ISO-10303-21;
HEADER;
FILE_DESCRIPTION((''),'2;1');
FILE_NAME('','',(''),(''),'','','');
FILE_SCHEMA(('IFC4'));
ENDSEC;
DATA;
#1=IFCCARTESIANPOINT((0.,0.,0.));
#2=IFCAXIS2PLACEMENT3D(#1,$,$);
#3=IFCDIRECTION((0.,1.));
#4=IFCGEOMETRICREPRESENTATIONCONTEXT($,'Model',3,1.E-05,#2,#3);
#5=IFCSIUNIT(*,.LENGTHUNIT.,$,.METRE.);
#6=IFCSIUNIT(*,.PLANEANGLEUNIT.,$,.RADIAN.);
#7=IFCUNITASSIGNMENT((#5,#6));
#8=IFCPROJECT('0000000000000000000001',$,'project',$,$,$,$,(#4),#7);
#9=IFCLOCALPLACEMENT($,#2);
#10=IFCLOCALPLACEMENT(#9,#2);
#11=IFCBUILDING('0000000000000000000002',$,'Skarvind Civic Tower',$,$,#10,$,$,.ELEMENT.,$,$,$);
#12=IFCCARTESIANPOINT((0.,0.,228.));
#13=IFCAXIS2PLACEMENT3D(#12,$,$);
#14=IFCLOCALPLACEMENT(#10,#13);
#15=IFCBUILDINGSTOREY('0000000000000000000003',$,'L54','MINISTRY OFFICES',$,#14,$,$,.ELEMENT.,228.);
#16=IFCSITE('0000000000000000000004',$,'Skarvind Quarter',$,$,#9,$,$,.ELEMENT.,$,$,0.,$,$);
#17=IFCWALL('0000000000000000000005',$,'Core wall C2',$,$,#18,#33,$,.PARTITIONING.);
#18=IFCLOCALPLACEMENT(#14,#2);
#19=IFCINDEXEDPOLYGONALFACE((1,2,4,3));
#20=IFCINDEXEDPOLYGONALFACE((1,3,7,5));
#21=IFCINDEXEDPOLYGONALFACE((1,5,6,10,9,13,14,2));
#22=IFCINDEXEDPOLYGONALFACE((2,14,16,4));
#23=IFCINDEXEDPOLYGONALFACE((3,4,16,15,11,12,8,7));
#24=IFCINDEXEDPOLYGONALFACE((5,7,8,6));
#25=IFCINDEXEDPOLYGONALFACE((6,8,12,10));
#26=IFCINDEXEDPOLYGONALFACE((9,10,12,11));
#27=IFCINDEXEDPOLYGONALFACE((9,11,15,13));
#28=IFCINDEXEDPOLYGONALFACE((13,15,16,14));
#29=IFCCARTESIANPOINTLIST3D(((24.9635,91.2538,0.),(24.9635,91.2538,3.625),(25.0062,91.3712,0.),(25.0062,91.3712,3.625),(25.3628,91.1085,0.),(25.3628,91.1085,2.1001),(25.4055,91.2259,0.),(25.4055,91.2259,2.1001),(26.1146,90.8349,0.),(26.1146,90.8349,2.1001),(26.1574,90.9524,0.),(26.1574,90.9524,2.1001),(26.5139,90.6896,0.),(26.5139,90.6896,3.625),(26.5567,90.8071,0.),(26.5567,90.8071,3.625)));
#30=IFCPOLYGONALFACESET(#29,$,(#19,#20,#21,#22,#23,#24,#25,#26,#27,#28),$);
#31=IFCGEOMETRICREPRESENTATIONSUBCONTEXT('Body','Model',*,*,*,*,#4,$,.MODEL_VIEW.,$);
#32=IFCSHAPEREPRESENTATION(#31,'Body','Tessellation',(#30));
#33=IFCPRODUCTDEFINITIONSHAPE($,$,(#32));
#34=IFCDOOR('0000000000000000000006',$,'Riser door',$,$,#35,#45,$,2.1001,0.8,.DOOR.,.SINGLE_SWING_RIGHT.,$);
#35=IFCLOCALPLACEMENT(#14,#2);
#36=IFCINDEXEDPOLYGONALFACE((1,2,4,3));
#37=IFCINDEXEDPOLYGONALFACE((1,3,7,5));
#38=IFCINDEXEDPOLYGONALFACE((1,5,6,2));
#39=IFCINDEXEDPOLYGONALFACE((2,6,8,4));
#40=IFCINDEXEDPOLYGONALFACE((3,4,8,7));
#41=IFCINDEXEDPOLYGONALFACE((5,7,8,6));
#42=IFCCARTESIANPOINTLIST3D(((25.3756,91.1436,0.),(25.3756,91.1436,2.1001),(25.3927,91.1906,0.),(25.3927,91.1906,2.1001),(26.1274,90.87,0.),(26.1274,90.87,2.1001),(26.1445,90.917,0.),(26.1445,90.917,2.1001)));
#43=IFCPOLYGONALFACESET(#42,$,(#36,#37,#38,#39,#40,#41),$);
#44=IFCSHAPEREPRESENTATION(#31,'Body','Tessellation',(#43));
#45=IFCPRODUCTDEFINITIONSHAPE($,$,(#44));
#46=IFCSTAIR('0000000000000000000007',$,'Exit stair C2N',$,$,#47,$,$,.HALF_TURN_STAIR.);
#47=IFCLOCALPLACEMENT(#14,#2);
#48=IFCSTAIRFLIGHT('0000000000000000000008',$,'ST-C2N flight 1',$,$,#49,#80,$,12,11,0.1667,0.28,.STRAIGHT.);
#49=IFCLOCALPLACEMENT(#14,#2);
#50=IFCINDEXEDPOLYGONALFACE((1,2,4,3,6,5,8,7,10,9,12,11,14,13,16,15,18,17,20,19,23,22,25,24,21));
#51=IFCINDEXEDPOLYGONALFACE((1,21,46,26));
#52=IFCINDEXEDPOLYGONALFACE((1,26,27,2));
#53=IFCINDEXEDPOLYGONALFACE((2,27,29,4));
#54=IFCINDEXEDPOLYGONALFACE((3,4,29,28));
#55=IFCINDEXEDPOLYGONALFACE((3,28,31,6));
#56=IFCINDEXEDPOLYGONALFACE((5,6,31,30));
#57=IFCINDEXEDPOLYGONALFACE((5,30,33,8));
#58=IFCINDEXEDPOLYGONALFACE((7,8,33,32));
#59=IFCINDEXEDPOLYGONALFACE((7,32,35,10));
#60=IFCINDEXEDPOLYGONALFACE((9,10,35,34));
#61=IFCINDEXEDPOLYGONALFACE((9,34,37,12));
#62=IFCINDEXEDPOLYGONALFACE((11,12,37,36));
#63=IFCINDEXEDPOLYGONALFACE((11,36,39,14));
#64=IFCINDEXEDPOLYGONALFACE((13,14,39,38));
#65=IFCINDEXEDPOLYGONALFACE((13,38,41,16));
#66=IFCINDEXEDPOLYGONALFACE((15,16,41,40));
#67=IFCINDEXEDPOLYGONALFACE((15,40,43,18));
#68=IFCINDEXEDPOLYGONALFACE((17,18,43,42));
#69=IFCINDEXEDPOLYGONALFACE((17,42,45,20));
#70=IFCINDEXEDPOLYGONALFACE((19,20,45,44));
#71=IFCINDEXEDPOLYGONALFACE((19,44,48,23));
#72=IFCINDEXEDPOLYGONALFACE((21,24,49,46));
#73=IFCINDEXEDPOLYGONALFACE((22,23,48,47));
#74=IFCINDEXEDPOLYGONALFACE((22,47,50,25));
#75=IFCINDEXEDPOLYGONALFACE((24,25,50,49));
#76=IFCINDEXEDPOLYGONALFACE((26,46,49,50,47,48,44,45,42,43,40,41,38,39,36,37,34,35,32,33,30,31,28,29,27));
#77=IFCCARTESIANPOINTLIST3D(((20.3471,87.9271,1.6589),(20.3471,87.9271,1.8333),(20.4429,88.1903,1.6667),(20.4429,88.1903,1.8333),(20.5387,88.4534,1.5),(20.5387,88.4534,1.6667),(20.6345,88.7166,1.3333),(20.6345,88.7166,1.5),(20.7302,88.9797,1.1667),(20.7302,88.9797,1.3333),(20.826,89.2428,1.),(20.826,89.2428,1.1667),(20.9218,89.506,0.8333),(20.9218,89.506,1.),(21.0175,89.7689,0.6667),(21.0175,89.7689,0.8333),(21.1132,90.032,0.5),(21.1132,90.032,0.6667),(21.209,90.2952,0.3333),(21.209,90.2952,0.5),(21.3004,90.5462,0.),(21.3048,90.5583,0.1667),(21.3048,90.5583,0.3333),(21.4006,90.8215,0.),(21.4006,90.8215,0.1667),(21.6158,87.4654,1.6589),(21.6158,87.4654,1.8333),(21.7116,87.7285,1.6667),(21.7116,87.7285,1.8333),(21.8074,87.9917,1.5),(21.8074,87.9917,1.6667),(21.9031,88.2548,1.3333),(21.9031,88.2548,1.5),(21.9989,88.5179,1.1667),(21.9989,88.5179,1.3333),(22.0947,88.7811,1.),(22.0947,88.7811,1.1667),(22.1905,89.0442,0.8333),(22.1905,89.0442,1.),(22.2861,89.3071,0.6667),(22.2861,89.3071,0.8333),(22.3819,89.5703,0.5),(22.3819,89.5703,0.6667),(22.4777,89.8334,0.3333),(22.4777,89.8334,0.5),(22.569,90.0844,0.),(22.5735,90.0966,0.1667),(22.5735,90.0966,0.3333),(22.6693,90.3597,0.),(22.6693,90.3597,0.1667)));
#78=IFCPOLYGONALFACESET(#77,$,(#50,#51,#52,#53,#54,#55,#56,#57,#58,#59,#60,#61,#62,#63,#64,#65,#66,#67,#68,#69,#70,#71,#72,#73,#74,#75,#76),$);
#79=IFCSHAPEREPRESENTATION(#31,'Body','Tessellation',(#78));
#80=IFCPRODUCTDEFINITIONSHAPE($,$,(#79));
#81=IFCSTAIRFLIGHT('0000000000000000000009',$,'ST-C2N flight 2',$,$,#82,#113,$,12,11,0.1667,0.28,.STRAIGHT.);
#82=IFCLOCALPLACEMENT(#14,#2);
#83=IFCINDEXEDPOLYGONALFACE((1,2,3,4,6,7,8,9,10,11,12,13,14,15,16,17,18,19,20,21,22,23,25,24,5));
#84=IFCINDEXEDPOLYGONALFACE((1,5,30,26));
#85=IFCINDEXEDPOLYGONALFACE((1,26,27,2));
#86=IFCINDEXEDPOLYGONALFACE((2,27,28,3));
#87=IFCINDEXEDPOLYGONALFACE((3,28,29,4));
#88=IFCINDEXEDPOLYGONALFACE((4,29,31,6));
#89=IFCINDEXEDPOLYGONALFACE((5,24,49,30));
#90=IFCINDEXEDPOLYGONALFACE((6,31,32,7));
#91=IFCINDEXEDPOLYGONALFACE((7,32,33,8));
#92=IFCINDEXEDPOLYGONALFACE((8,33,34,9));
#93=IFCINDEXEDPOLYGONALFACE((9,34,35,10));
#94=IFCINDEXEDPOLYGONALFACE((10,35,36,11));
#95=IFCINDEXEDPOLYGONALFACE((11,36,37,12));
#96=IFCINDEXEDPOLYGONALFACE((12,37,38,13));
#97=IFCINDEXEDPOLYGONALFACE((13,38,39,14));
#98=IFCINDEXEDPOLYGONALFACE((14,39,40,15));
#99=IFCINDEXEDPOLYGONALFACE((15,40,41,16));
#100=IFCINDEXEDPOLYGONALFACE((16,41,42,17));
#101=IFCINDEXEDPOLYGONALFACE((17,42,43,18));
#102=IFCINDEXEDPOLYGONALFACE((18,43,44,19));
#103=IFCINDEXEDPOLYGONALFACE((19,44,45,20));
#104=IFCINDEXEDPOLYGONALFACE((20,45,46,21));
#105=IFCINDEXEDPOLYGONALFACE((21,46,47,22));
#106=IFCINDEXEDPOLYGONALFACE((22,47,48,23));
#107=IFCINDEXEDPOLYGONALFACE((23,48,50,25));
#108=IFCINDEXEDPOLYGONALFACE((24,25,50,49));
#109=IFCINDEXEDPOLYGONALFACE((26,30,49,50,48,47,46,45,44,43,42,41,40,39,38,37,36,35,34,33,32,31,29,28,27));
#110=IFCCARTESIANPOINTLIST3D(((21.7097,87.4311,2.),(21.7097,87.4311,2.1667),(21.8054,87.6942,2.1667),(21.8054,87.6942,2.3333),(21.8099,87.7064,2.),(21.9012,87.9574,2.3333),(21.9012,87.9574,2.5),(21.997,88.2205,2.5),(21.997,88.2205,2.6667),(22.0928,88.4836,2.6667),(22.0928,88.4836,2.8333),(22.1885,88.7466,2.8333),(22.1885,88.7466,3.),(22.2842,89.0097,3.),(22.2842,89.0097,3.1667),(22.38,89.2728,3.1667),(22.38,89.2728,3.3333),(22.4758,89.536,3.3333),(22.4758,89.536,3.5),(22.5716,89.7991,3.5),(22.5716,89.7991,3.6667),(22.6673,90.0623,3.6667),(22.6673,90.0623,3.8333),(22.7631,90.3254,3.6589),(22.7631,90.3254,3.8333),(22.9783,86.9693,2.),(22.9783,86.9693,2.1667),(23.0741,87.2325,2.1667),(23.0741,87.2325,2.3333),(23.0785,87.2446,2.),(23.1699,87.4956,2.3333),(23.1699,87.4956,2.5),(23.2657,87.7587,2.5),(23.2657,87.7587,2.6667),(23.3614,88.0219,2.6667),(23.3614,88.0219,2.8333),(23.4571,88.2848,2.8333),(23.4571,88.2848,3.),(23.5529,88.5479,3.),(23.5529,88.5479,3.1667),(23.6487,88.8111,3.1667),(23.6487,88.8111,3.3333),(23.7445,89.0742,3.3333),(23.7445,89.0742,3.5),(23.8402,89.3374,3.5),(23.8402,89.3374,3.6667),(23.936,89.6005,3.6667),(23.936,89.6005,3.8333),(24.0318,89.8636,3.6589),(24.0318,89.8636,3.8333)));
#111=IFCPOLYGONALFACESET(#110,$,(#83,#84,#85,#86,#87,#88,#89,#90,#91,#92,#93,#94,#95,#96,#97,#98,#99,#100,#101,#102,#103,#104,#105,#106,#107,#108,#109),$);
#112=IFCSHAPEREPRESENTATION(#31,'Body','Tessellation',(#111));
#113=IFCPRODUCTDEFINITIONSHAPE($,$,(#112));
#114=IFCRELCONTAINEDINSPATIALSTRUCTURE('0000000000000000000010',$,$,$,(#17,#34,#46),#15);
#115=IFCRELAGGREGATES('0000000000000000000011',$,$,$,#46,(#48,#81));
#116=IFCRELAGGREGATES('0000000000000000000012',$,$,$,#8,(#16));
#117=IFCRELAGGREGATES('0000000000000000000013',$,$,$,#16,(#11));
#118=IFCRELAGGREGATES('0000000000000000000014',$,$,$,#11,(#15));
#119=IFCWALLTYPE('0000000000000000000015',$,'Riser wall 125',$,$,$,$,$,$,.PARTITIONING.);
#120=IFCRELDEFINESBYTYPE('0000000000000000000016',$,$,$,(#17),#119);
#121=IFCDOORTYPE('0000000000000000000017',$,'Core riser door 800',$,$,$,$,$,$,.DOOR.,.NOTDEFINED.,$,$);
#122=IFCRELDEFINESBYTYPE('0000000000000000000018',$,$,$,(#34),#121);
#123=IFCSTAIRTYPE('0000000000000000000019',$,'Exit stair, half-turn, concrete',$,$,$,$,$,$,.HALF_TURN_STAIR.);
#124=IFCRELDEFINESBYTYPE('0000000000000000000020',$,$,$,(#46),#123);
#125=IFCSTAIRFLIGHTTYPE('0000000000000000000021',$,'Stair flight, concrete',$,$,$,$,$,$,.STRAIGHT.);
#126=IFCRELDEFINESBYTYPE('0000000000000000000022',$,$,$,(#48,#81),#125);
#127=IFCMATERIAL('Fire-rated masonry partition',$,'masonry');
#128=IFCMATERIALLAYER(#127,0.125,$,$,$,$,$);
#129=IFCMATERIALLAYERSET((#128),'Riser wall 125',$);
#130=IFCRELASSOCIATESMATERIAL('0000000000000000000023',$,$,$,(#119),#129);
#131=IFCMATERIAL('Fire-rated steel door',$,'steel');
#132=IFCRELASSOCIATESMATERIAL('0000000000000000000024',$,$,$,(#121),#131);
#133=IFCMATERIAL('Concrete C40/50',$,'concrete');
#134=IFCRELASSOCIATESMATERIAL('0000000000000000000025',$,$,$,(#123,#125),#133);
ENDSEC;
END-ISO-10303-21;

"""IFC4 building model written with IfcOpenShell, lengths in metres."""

from ifc_helpers import new_model, si_unit, direction, frame, frame_2d, origin, place, context, subcontext, project, spatial, polyline, rectangle, outline, extrude, material, layer, layer_set, type_object, element, fill, aggregate, save


model = new_model("IFC4")

# Units and contexts
model_context = context("Model", 3, precision=1e-05, world=origin(), true_north=direction((0.0, 1.0)))
body_context = subcontext(model_context, "Body", "Model", "MODEL_VIEW")
ifc_project = project(units=[si_unit("LENGTHUNIT", "METRE"), si_unit("PLANEANGLEUNIT", "RADIAN")], contexts=[model_context])

# Site, building, storey
site_placement = place(None, origin())
site = spatial("IfcSite", under=ifc_project, at=site_placement, Name="Skarvind Quarter", CompositionType="ELEMENT", RefElevation=0.0)
building_placement = place(site_placement, origin())
building = spatial("IfcBuilding", under=site, at=building_placement, Name="Skarvind Civic Tower", CompositionType="ELEMENT")
storey_placement = place(building_placement, frame((0.0, 0.0, 228.0)))
storey = spatial("IfcBuildingStorey", under=building, at=storey_placement, Name="L54", Description="MINISTRY OFFICES", CompositionType="ELEMENT", Elevation=228.0)

# Shared definitions
ifc_material_1 = material(Name="Fire-rated masonry partition", Category="masonry")
ifc_material_2 = material(Name="Fire-rated steel door", Category="steel")

# Wall, opening, door
ifc_layer_1 = layer(ifc_material_1, 0.125)
ifc_layer_set_1 = layer_set([ifc_layer_1], Name="Riser wall 125")
wall_type_1 = type_object("IfcWallType", Name="Riser wall 125", PredefinedType="PARTITIONING", material=ifc_layer_set_1)
wall_1_placement = place(storey_placement, frame((24.9849, 91.3125, 0.0), z_axis=(0.0, 0.0, 1.0), x_axis=(0.93972, -0.341945, 0.0)))
wall_1 = element("IfcWall", 1, at=wall_1_placement, inside=storey, type_object=wall_type_1, Name="Core wall C2", PredefinedType="PARTITIONING", context=body_context, shape_type="SweptSolid", body=[
    extrude(rectangle(XDim=1.6499, YDim=0.125, at=frame_2d((0.825, 0.0))), origin(), (0.0, 0.0, 1.0), 3.625),
])
opening_1_placement = place(wall_1_placement, frame((0.425, 0.0, 0.0)))
opening_1 = element("IfcOpeningElement", 2, at=opening_1_placement, cuts=wall_1, PredefinedType="OPENING", context=body_context, shape_type="SweptSolid", body=[
    extrude(rectangle(XDim=0.8, YDim=2.1001, at=frame_2d((0.3999, 1.05))), frame((0.0, 0.0725, 0.0), z_axis=(0.0, -1.0, 0.0), x_axis=(1.0, 0.0, 0.0)), (0.0, 0.0, 1.0), 0.145),
])
door_type_1 = type_object("IfcDoorType", Name="Core riser door 800", OperationType="NOTDEFINED", PredefinedType="DOOR", material=ifc_material_2)
door_1_placement = place(opening_1_placement, origin())
door_1 = element("IfcDoor", 3, at=door_1_placement, inside=storey, type_object=door_type_1, Name="Riser door", OperationType="SINGLE_SWING_RIGHT", OverallHeight=2.1001, OverallWidth=0.8, PredefinedType="DOOR", context=body_context, shape_type="SweptSolid", body=[
    extrude(rectangle(XDim=0.8, YDim=2.1001, at=frame_2d((0.3999, 1.05))), frame((0.0, 0.0249, 0.0), z_axis=(0.0, -1.0, 0.0), x_axis=(1.0, 0.0, 0.0)), (0.0, 0.0, 1.0), 0.05),
])
fill(opening_1, door_1)

# Stair, stair flights
ifc_material_3 = material(Name="Concrete C40/50", Category="concrete")
stair_type = type_object("IfcStairType", Name="Exit stair, half-turn, concrete", PredefinedType="HALF_TURN_STAIR", material=ifc_material_3)
stair_placement = place(storey_placement, origin())
stair = element("IfcStair", 4, at=stair_placement, inside=storey, type_object=stair_type, Name="Exit stair C2N", PredefinedType="HALF_TURN_STAIR")
stair_flight_type = type_object("IfcStairFlightType", Name="Stair flight, concrete", PredefinedType="STRAIGHT", material=ifc_material_3)
stair_flight_1_placement = place(storey_placement, frame((22.0349, 90.5906, 0.0), z_axis=(0.0, 0.0, 1.0), x_axis=(-0.34202, -0.939693, 0.0)))
stair_flight_1 = element("IfcStairFlight", 5, at=stair_flight_1_placement, type_object=stair_flight_type, Name="ST-C2N flight 1", NumberOfRisers=12, NumberOfTreads=11, PredefinedType="STRAIGHT", RiserHeight=0.1667, TreadLength=0.28, context=body_context, shape_type="SweptSolid", body=[
    extrude(outline(polyline([(0.0, 0.0), (0.0, 0.1667), (0.28, 0.1667), (0.28, 0.3333), (0.5601, 0.3333), (0.5601, 0.5), (0.8401, 0.5), (0.8401, 0.6667), (1.1201, 0.6667), (1.1201, 0.8333), (1.3999, 0.8333), (1.3999, 1.0), (1.6799, 1.0), (1.6799, 1.1667), (1.96, 1.1667), (1.96, 1.3333), (2.24, 1.3333), (2.24, 1.5), (2.52, 1.5), (2.52, 1.6667), (2.8, 1.6667), (2.8, 1.8333), (3.0801, 1.8333), (3.0801, 2.0), (3.0801, 1.6589), (0.293, 0.0), (0.0, 0.0)])), frame((0.0, 0.675, 0.0), z_axis=(0.0, -1.0, 0.0), x_axis=(1.0, 0.0, 0.0)), (0.0, 0.0, 1.0), 1.3501),
])
stair_flight_2_placement = place(storey_placement, frame((22.344, 87.2002, 2.0), z_axis=(0.0, 0.0, 1.0), x_axis=(0.34202, 0.939693, 0.0)))
stair_flight_2 = element("IfcStairFlight", 6, at=stair_flight_2_placement, type_object=stair_flight_type, Name="ST-C2N flight 2", NumberOfRisers=12, NumberOfTreads=11, PredefinedType="STRAIGHT", RiserHeight=0.1667, TreadLength=0.28, context=body_context, shape_type="SweptSolid", body=[
    extrude(outline(polyline([(0.0, 0.0), (0.0, 0.1667), (0.28, 0.1667), (0.28, 0.3333), (0.5601, 0.3333), (0.5601, 0.5), (0.8401, 0.5), (0.8401, 0.6667), (1.1201, 0.6667), (1.1201, 0.8333), (1.3999, 0.8333), (1.3999, 1.0), (1.6799, 1.0), (1.6799, 1.1667), (1.96, 1.1667), (1.96, 1.3333), (2.24, 1.3333), (2.24, 1.5), (2.52, 1.5), (2.52, 1.6667), (2.8, 1.6667), (2.8, 1.8333), (3.0801, 1.8333), (3.0801, 2.0), (3.0801, 1.6589), (0.293, 0.0), (0.0, 0.0)])), frame((0.0, 0.675, 0.0), z_axis=(0.0, -1.0, 0.0), x_axis=(1.0, 0.0, 0.0)), (0.0, 0.0, 1.0), 1.3501),
])
aggregate(stair, [stair_flight_1, stair_flight_2])

save(model, "model.ifc")
